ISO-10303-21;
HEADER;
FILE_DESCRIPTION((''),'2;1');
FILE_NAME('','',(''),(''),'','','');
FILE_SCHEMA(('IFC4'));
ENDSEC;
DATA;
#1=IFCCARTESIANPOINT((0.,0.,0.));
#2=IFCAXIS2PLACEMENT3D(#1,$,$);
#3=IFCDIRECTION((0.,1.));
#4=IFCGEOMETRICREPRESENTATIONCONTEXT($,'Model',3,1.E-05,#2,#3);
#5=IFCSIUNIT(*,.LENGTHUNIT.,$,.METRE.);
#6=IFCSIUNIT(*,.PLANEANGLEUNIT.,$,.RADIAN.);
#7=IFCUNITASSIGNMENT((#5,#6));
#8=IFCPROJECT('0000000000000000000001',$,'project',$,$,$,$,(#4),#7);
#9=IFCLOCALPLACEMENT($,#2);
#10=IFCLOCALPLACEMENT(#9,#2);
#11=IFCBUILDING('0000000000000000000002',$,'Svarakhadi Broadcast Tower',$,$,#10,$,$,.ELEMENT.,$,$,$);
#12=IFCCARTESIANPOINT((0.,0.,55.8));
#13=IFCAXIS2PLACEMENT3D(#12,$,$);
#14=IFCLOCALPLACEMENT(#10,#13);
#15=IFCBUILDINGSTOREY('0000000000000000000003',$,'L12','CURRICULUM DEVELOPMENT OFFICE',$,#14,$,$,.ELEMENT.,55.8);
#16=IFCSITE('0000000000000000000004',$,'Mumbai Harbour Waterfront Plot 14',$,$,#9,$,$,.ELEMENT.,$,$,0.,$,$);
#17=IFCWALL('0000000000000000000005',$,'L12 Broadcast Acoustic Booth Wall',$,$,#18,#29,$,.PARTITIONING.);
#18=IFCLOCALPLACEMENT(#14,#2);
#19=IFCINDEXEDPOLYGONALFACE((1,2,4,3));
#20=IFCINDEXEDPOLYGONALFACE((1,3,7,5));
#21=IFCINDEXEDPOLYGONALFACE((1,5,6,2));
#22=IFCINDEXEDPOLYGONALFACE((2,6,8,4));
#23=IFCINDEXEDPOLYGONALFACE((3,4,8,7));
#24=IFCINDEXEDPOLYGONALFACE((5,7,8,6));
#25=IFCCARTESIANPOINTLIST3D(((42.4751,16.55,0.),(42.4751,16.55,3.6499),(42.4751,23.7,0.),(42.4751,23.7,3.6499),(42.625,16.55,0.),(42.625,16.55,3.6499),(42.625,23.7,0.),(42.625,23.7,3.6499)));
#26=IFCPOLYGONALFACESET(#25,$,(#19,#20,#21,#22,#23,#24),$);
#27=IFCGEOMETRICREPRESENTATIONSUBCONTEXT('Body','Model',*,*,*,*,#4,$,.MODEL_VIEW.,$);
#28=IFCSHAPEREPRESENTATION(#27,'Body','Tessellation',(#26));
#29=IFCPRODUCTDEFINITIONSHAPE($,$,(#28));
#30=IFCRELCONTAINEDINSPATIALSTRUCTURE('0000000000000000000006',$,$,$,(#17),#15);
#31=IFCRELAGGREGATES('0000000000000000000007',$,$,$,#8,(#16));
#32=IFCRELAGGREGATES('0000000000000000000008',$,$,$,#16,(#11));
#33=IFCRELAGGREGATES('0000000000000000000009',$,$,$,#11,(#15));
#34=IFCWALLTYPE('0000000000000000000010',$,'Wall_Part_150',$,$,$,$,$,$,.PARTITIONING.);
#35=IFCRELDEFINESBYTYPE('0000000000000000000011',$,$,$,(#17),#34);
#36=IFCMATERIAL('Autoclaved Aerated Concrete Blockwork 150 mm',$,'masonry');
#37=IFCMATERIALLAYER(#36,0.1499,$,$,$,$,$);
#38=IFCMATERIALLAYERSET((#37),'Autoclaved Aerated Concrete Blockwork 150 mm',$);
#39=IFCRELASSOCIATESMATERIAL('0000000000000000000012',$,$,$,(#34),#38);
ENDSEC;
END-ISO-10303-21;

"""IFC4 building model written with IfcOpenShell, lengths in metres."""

from ifc_helpers import new_model, si_unit, direction, frame, frame_2d, origin, place, context, subcontext, project, spatial, rectangle, extrude, material, layer, layer_set, type_object, element, save


model = new_model("IFC4")

# Units and contexts
model_context = context("Model", 3, precision=1e-05, world=origin(), true_north=direction((0.0, 1.0)))
body_context = subcontext(model_context, "Body", "Model", "MODEL_VIEW")
ifc_project = project(units=[si_unit("LENGTHUNIT", "METRE"), si_unit("PLANEANGLEUNIT", "RADIAN")], contexts=[model_context])

# Site, building, storey
site_placement = place(None, origin())
site = spatial("IfcSite", under=ifc_project, at=site_placement, Name="Mumbai Harbour Waterfront Plot 14", CompositionType="ELEMENT", RefElevation=0.0)
building_placement = place(site_placement, origin())
building = spatial("IfcBuilding", under=site, at=building_placement, Name="Svarakhadi Broadcast Tower", CompositionType="ELEMENT")
storey_placement = place(building_placement, frame((0.0, 0.0, 55.8)))
storey = spatial("IfcBuildingStorey", under=building, at=storey_placement, Name="L12", Description="CURRICULUM DEVELOPMENT OFFICE", CompositionType="ELEMENT", Elevation=55.8)

# Wall
ifc_material_1 = material(Name="Autoclaved Aerated Concrete Blockwork 150 mm", Category="masonry")
ifc_layer_1 = layer(ifc_material_1, 0.1499)
ifc_layer_set_1 = layer_set([ifc_layer_1], Name="Autoclaved Aerated Concrete Blockwork 150 mm")
wall_type_1 = type_object("IfcWallType", Name="Wall_Part_150", PredefinedType="PARTITIONING", material=ifc_layer_set_1)
wall_1_placement = place(storey_placement, frame((42.55, 16.55, 0.0), z_axis=(0.0, 0.0, 1.0), x_axis=(0.0, 1.0, 0.0)))
element("IfcWall", 1, at=wall_1_placement, inside=storey, type_object=wall_type_1, Name="L12 Broadcast Acoustic Booth Wall", PredefinedType="PARTITIONING", context=body_context, shape_type="SweptSolid", body=[
    extrude(rectangle(XDim=7.1499, YDim=0.1499, at=frame_2d((3.575, 0.0))), origin(), (0.0, 0.0, 1.0), 3.6499),
])

save(model, "model.ifc")
